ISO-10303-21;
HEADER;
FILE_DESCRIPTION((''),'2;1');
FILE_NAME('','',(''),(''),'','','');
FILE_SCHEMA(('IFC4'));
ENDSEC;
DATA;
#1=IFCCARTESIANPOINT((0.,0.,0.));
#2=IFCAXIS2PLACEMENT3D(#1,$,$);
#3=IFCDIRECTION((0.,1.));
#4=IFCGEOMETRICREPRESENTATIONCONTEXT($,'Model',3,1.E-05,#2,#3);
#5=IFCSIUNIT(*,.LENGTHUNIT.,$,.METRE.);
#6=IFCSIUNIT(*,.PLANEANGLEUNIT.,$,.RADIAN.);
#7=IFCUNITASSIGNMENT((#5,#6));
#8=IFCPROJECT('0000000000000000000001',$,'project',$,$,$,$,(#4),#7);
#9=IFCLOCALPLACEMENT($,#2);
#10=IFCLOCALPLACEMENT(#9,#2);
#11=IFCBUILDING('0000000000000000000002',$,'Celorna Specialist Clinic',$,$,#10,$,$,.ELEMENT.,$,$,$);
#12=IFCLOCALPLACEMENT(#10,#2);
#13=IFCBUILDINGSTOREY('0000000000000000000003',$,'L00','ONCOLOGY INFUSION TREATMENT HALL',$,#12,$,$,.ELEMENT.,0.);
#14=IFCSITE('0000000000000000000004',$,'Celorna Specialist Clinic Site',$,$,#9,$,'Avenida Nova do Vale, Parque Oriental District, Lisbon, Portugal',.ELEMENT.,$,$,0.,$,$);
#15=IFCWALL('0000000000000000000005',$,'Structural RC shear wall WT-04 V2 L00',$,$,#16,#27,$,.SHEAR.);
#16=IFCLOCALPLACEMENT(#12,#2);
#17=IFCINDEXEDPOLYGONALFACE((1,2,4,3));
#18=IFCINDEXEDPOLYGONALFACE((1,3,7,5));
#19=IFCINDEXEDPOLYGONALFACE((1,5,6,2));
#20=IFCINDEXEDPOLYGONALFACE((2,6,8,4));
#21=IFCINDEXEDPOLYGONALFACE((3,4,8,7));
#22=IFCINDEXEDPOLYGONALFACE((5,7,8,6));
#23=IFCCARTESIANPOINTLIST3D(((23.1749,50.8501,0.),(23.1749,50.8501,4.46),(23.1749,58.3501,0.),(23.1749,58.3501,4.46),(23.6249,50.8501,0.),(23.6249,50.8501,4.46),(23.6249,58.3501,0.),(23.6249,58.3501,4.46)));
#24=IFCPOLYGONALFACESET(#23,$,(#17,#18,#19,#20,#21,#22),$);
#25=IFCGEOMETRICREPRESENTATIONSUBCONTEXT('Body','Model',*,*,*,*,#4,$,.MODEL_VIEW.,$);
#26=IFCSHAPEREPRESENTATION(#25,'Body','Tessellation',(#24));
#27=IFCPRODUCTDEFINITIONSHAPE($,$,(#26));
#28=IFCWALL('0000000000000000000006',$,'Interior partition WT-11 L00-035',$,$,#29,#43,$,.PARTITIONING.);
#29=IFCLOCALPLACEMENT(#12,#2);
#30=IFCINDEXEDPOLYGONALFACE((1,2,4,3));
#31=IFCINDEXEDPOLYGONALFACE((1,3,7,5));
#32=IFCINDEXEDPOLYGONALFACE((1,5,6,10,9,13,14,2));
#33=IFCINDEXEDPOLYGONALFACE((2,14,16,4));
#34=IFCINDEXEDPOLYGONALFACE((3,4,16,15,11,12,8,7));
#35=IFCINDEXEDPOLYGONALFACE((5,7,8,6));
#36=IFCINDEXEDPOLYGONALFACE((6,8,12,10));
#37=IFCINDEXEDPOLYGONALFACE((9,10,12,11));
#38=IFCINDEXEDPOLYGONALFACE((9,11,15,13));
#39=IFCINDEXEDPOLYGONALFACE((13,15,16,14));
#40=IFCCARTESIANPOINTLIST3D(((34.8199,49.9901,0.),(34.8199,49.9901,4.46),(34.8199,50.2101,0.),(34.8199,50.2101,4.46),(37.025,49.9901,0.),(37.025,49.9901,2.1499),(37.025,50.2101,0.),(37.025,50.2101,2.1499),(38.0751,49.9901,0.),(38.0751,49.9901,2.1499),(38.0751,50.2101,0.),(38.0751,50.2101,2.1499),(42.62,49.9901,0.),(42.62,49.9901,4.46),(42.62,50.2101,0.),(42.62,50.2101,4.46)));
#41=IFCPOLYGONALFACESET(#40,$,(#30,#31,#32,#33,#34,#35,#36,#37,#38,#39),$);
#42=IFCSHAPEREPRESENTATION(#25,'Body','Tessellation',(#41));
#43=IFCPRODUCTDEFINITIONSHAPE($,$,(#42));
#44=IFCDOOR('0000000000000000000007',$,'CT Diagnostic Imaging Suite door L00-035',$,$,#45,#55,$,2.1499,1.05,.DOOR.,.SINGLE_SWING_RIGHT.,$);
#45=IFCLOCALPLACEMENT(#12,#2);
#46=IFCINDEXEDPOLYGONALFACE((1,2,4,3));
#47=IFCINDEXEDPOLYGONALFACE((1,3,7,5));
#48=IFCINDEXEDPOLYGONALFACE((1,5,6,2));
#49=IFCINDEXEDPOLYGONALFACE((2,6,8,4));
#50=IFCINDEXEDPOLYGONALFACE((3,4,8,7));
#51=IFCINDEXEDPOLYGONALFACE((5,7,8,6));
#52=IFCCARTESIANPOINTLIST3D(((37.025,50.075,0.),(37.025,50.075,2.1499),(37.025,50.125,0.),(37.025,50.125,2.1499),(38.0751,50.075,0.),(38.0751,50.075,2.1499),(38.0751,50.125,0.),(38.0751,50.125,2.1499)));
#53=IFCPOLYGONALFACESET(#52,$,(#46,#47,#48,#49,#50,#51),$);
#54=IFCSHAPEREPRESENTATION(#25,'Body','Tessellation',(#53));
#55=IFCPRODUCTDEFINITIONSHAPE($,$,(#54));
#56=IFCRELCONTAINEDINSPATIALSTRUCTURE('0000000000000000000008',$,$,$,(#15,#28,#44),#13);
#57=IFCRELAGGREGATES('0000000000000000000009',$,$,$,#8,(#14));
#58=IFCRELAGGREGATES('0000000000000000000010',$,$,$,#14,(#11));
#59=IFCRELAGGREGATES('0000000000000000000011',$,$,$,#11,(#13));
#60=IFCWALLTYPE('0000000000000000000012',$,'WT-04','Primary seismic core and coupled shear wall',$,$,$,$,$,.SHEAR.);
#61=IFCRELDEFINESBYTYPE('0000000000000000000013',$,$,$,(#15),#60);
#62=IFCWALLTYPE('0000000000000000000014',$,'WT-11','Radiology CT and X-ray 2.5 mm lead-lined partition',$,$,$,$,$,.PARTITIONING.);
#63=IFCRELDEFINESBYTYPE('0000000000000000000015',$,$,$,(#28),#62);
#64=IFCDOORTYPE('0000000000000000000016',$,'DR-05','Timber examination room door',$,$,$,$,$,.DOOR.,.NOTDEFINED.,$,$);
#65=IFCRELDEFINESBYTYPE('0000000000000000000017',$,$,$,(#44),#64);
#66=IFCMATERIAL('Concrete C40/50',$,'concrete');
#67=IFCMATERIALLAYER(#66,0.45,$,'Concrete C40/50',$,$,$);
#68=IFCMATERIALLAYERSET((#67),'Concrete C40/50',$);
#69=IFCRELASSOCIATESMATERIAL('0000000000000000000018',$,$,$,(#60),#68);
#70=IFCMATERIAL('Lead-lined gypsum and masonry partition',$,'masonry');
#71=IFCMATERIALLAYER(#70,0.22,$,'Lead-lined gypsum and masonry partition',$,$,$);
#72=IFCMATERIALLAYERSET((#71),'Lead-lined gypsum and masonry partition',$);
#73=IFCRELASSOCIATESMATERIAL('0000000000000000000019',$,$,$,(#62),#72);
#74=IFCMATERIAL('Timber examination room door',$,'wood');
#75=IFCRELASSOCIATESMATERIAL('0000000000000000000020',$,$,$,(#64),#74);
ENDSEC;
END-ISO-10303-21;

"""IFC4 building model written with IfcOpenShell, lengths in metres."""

from ifc_helpers import new_model, si_unit, direction, frame, frame_2d, origin, place, context, subcontext, project, spatial, rectangle, extrude, material, layer, layer_set, type_object, element, fill, save


model = new_model("IFC4")

# Units and contexts
model_context = context("Model", 3, precision=1e-05, world=origin(), true_north=direction((0.0, 1.0)))
body_context = subcontext(model_context, "Body", "Model", "MODEL_VIEW")
ifc_project = project(units=[si_unit("LENGTHUNIT", "METRE"), si_unit("PLANEANGLEUNIT", "RADIAN")], contexts=[model_context])

# Site, building, storey
site_placement = place(None, origin())
site = spatial("IfcSite", under=ifc_project, at=site_placement, Name="Celorna Specialist Clinic Site", LongName="Avenida Nova do Vale, Parque Oriental District, Lisbon, Portugal", CompositionType="ELEMENT", RefElevation=0.0)
building_placement = place(site_placement, origin())
building = spatial("IfcBuilding", under=site, at=building_placement, Name="Celorna Specialist Clinic", CompositionType="ELEMENT")
storey_placement = place(building_placement, origin())
storey = spatial("IfcBuildingStorey", under=building, at=storey_placement, Name="L00", Description="ONCOLOGY INFUSION TREATMENT HALL", CompositionType="ELEMENT", Elevation=0.0)

# Shared definitions
ifc_material_1 = material(Name="Concrete C40/50", Category="concrete")

# Wall
ifc_layer_1 = layer(ifc_material_1, 0.45, Name="Concrete C40/50")
ifc_layer_set_1 = layer_set([ifc_layer_1], Name="Concrete C40/50")
wall_type_1 = type_object("IfcWallType", Name="WT-04", Description="Primary seismic core and coupled shear wall", PredefinedType="SHEAR", material=ifc_layer_set_1)
wall_1_placement = place(storey_placement, frame((23.3999, 50.8501, 0.0), z_axis=(0.0, 0.0, 1.0), x_axis=(0.0, 1.0, 0.0)))
element("IfcWall", 1, at=wall_1_placement, inside=storey, type_object=wall_type_1, Name="Structural RC shear wall WT-04 V2 L00", PredefinedType="SHEAR", context=body_context, shape_type="SweptSolid", body=[
    extrude(rectangle(XDim=7.5, YDim=0.45, at=frame_2d((3.75, 0.0))), origin(), (0.0, 0.0, 1.0), 4.46),
])

# Wall, opening, door
ifc_material_2 = material(Name="Lead-lined gypsum and masonry partition", Category="masonry")
ifc_layer_2 = layer(ifc_material_2, 0.22, Name="Lead-lined gypsum and masonry partition")
ifc_layer_set_2 = layer_set([ifc_layer_2], Name="Lead-lined gypsum and masonry partition")
wall_type_2 = type_object("IfcWallType", Name="WT-11", Description="Radiology CT and X-ray 2.5 mm lead-lined partition", PredefinedType="PARTITIONING", material=ifc_layer_set_2)
wall_2_placement = place(storey_placement, frame((34.8201, 50.1001, 0.0), z_axis=(0.0, 0.0, 1.0), x_axis=(1.0, 0.0, 0.0)))
wall_2 = element("IfcWall", 2, at=wall_2_placement, inside=storey, type_object=wall_type_2, Name="Interior partition WT-11 L00-035", PredefinedType="PARTITIONING", context=body_context, shape_type="SweptSolid", body=[
    extrude(rectangle(XDim=7.8, YDim=0.22, at=frame_2d((3.8999, 0.0))), origin(), (0.0, 0.0, 1.0), 4.46),
])
opening_placement = place(wall_2_placement, frame((2.2051, 0.0, 0.0)))
opening = element("IfcOpeningElement", 3, at=opening_placement, cuts=wall_2, PredefinedType="OPENING", context=body_context, shape_type="SweptSolid", body=[
    extrude(rectangle(XDim=1.05, YDim=2.1499, at=frame_2d((0.5249, 1.075))), frame((0.0, 0.1199, 0.0), z_axis=(0.0, -1.0, 0.0), x_axis=(1.0, 0.0, 0.0)), (0.0, 0.0, 1.0), 0.24),
])
ifc_material_3 = material(Name="Timber examination room door", Category="wood")
door_type = type_object("IfcDoorType", Name="DR-05", Description="Timber examination room door", OperationType="NOTDEFINED", PredefinedType="DOOR", material=ifc_material_3)
door_placement = place(opening_placement, origin())
door = element("IfcDoor", 4, at=door_placement, inside=storey, type_object=door_type, Name="CT Diagnostic Imaging Suite door L00-035", OperationType="SINGLE_SWING_RIGHT", OverallHeight=2.1499, OverallWidth=1.05, PredefinedType="DOOR", context=body_context, shape_type="SweptSolid", body=[
    extrude(rectangle(XDim=1.05, YDim=2.1499, at=frame_2d((0.5249, 1.075))), frame((0.0, 0.0249, 0.0), z_axis=(0.0, -1.0, 0.0), x_axis=(1.0, 0.0, 0.0)), (0.0, 0.0, 1.0), 0.05),
])
fill(opening, door)

save(model, "model.ifc")
